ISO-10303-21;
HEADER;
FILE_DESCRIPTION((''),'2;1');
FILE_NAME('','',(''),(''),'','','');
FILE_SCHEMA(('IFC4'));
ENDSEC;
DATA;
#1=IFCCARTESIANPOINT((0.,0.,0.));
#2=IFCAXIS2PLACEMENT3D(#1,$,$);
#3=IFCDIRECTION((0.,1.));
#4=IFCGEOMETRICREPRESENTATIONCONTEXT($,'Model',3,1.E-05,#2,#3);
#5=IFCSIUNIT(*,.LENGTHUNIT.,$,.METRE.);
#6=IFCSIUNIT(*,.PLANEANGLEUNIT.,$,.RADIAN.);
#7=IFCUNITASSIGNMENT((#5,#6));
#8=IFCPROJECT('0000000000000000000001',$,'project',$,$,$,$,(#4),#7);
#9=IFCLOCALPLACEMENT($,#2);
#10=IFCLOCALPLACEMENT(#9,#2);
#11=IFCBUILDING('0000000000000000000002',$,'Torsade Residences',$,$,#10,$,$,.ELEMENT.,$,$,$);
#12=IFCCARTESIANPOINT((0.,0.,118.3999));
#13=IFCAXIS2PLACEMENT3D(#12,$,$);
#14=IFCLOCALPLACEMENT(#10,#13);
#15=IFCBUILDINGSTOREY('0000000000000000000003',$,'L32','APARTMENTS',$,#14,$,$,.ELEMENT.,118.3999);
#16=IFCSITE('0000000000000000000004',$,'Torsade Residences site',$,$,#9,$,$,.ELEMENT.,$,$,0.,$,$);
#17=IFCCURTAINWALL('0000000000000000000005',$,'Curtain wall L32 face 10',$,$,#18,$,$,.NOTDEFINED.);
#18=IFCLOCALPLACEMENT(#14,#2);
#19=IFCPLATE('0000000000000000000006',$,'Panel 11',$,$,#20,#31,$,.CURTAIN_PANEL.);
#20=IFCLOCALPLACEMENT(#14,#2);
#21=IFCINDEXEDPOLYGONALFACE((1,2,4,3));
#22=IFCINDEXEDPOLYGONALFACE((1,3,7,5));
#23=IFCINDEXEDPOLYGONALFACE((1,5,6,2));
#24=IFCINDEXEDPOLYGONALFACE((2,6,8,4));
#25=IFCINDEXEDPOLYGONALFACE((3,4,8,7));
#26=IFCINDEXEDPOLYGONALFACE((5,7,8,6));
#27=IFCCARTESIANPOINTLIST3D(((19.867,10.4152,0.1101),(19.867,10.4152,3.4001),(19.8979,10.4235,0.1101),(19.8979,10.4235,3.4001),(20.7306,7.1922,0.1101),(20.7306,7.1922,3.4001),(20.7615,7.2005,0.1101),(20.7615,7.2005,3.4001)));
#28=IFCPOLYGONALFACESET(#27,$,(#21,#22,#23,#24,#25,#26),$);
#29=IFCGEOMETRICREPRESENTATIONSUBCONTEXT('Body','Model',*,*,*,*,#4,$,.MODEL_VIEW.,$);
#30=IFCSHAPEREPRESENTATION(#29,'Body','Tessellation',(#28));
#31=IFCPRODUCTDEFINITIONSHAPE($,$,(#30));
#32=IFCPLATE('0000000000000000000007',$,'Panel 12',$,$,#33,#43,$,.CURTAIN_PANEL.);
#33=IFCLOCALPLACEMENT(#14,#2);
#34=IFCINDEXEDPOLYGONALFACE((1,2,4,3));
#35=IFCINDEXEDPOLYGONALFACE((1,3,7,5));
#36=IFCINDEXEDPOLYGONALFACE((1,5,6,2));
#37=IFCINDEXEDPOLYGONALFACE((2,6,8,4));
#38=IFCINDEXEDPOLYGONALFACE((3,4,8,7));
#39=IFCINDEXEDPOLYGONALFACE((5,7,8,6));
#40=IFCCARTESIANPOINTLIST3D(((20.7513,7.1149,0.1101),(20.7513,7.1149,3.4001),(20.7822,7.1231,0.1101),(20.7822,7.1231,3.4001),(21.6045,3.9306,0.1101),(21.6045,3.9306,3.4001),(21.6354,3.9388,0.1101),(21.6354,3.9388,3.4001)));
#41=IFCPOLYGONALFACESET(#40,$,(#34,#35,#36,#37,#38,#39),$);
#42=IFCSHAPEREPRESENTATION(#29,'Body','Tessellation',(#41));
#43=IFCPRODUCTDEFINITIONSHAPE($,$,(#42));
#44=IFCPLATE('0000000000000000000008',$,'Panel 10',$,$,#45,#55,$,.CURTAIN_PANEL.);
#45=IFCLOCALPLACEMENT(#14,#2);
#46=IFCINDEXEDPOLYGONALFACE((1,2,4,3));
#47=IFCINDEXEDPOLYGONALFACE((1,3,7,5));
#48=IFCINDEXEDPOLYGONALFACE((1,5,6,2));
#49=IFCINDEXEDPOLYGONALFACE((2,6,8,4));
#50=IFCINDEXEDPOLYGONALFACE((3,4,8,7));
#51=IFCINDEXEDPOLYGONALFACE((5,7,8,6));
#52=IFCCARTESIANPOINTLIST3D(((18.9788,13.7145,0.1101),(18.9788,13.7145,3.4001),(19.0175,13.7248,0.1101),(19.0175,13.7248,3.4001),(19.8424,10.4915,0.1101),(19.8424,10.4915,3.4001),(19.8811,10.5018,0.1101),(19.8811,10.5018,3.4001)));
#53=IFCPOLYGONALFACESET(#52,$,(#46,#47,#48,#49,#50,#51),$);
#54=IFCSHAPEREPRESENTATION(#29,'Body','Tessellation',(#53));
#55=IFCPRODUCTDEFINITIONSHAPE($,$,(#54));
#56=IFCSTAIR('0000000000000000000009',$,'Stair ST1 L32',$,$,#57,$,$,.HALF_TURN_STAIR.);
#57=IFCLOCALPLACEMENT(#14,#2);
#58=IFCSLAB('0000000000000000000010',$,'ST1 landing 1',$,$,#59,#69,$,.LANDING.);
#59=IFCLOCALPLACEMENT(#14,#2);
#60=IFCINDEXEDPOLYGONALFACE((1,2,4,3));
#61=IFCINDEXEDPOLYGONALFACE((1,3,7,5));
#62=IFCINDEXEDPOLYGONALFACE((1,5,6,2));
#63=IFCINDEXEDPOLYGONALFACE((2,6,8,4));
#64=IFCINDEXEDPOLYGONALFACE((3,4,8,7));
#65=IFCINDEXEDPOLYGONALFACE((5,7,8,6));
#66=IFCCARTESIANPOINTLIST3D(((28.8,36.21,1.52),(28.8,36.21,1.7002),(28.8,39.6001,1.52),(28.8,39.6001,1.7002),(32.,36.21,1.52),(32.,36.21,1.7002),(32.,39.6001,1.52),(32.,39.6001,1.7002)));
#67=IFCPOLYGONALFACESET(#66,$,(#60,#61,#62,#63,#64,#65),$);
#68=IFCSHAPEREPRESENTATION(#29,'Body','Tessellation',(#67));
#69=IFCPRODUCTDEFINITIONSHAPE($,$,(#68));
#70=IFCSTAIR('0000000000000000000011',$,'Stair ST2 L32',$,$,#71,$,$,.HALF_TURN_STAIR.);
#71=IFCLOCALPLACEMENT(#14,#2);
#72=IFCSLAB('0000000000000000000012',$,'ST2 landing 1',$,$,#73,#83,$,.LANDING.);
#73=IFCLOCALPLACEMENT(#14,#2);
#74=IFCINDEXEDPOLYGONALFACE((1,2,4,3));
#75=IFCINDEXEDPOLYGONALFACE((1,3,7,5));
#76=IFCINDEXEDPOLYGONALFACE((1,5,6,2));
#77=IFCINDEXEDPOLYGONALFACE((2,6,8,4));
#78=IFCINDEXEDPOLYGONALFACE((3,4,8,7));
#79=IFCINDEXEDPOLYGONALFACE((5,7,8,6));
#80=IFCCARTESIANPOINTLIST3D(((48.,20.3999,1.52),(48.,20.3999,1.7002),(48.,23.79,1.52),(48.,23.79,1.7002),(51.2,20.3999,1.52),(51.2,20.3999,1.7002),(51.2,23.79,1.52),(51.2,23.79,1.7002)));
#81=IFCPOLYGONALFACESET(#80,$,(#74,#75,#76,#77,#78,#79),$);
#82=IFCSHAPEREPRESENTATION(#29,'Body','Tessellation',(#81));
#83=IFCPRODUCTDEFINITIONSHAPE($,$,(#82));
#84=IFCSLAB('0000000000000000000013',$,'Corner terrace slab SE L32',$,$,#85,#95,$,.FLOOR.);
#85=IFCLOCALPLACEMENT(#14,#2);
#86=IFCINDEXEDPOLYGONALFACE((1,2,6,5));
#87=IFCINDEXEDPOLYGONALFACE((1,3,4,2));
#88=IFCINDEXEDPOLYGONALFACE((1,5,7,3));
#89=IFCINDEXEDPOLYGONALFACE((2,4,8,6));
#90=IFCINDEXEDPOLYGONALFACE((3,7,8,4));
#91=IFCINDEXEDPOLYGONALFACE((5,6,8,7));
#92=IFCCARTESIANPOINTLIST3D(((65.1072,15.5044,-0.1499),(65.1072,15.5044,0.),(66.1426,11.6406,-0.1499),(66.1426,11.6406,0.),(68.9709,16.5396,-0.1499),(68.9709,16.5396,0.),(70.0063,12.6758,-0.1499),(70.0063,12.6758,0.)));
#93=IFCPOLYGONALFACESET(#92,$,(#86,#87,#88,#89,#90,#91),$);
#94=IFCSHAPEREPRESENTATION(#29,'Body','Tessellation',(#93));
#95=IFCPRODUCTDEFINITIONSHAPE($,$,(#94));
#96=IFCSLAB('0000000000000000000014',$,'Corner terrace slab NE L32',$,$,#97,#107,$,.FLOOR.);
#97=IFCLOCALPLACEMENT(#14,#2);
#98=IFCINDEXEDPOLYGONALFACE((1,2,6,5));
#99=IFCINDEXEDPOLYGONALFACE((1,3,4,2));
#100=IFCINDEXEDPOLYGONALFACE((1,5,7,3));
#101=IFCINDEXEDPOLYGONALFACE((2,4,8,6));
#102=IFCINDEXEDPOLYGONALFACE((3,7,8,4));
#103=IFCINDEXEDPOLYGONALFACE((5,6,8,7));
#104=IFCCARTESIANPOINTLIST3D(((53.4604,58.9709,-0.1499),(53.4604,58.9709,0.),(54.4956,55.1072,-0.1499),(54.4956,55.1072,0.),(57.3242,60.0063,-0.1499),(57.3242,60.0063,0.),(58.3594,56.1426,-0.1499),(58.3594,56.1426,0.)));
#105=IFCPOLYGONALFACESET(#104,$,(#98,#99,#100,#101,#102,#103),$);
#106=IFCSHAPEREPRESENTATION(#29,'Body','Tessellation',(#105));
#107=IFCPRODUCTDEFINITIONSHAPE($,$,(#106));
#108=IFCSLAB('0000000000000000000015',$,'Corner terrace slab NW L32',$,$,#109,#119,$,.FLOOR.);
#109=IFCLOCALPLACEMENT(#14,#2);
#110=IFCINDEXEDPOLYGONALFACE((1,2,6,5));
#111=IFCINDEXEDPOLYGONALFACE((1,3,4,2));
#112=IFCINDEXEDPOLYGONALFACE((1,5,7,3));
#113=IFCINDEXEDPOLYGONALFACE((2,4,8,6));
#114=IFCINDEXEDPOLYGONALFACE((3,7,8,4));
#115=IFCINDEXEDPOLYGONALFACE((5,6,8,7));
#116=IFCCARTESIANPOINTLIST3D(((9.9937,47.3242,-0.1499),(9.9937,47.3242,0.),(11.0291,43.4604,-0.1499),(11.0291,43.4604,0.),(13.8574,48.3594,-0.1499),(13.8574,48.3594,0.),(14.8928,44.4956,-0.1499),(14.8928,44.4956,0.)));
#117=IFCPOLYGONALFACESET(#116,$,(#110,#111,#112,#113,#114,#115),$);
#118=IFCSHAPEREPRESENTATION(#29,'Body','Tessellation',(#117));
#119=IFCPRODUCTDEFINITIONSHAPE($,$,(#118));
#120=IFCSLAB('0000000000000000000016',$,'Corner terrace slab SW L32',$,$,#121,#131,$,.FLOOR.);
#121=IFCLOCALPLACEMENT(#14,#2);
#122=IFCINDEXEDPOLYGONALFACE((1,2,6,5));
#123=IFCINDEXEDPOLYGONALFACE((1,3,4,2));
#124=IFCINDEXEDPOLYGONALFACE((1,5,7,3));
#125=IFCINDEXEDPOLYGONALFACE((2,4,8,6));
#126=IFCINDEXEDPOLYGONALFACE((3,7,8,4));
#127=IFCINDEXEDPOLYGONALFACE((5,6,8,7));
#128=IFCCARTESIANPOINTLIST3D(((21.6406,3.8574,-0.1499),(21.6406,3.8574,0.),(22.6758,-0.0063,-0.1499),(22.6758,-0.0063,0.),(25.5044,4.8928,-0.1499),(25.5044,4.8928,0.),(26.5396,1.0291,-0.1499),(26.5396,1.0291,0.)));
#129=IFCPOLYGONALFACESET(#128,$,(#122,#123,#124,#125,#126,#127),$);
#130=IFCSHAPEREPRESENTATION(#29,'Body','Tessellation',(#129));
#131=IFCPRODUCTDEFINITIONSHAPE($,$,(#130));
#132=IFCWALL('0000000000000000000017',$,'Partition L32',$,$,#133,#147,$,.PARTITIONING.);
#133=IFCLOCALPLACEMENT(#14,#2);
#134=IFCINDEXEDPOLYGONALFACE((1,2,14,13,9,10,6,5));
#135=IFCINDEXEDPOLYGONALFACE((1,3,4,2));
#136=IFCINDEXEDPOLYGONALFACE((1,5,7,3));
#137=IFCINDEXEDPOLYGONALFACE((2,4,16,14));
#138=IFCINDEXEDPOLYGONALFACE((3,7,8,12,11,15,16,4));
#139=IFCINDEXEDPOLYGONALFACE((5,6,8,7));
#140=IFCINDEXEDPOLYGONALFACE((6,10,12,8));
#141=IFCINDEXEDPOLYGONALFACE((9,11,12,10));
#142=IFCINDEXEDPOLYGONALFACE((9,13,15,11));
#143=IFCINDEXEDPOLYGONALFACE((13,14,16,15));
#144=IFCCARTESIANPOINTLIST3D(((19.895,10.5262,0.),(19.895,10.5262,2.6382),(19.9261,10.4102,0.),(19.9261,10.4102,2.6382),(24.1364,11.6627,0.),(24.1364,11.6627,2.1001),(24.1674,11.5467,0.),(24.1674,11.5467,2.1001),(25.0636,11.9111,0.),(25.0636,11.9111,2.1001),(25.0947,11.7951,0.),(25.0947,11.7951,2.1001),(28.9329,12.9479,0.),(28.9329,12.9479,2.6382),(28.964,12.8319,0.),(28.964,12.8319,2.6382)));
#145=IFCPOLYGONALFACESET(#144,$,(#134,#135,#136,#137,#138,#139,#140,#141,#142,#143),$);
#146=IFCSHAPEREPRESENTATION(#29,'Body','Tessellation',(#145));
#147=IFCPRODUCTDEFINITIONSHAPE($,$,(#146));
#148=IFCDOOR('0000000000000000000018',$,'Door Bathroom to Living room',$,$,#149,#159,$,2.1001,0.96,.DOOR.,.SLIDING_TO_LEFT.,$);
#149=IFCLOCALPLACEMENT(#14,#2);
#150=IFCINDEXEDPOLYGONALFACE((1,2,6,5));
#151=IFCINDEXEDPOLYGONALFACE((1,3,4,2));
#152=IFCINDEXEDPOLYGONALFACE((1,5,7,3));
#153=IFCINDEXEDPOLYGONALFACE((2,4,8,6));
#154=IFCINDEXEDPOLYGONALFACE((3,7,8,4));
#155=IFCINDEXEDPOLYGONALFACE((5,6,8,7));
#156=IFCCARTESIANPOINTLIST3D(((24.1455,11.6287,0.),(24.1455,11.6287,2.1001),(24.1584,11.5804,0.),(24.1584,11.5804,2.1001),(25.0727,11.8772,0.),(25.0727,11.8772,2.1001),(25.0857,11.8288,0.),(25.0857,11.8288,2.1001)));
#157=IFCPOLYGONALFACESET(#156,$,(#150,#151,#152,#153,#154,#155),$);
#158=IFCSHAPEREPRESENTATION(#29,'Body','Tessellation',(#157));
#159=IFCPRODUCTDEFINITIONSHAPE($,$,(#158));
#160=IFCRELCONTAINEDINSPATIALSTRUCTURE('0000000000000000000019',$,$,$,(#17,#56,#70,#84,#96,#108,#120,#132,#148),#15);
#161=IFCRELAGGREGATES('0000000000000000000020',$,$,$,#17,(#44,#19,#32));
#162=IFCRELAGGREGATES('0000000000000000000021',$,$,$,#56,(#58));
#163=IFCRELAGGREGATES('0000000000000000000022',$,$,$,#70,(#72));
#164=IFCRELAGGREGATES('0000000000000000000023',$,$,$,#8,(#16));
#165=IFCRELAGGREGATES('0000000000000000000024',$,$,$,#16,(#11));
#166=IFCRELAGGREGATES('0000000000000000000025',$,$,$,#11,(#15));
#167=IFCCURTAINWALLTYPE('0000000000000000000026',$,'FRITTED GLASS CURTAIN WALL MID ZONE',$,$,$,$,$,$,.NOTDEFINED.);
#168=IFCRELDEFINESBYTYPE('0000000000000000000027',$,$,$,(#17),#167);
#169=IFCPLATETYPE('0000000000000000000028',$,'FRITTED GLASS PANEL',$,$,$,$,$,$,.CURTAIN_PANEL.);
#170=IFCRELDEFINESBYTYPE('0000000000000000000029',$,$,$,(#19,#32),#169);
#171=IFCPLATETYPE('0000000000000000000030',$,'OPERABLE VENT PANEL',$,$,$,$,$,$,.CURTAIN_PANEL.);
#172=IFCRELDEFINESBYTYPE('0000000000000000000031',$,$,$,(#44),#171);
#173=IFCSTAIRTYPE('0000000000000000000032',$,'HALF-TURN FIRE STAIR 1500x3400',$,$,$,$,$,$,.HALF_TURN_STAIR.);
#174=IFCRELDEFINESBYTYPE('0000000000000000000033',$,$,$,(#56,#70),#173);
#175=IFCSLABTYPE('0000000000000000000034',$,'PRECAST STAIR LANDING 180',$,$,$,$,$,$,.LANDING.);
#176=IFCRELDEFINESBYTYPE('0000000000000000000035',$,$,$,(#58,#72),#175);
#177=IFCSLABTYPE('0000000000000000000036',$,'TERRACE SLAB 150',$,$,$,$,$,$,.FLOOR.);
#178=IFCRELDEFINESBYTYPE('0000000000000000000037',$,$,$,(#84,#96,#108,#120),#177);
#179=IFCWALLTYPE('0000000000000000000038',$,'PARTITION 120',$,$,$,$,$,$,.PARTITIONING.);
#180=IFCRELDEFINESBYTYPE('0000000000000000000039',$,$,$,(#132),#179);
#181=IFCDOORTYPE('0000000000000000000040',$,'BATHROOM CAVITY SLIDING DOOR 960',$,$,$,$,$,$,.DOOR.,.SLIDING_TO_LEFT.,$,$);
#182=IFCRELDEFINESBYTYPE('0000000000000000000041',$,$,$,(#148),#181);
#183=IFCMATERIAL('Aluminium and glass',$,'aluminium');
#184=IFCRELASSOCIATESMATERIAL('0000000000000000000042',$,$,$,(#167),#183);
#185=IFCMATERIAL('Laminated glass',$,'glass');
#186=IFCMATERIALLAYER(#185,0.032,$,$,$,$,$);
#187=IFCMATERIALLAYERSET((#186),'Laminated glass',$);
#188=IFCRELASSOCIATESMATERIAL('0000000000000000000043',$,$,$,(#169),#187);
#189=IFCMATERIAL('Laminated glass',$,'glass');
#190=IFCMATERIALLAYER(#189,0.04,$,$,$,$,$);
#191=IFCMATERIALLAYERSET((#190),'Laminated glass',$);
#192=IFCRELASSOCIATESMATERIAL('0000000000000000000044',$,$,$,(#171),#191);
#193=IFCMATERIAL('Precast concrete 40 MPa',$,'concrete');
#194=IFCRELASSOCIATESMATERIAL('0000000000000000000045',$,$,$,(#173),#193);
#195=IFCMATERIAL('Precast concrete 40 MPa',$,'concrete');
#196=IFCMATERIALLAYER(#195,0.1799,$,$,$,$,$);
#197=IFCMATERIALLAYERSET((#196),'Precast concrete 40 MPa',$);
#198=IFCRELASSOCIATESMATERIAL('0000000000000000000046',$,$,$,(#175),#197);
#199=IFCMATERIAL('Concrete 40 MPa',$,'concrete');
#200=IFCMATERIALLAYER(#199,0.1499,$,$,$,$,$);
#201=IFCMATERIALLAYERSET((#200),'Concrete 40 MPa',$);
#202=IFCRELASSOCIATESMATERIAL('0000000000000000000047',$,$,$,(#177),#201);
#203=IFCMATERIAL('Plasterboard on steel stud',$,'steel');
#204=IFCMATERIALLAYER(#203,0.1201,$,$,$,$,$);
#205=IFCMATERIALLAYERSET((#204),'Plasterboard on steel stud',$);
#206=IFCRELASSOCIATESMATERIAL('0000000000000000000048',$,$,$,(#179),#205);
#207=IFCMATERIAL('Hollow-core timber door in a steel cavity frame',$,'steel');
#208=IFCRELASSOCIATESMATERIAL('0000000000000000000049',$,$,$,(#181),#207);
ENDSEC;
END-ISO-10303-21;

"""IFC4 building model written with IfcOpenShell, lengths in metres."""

from ifc_helpers import new_model, si_unit, direction, frame, frame_2d, origin, origin_2d, place, context, subcontext, project, spatial, polyline, rectangle, outline, extrude, material, layer, layer_set, type_object, element, fill, aggregate, save


model = new_model("IFC4")

# Units and contexts
model_context = context("Model", 3, precision=1e-05, world=origin(), true_north=direction((0.0, 1.0)))
body_context = subcontext(model_context, "Body", "Model", "MODEL_VIEW")
ifc_project = project(units=[si_unit("LENGTHUNIT", "METRE"), si_unit("PLANEANGLEUNIT", "RADIAN")], contexts=[model_context])

# Site, building, storey
site_placement = place(None, origin())
site = spatial("IfcSite", under=ifc_project, at=site_placement, Name="Torsade Residences site", CompositionType="ELEMENT", RefElevation=0.0)
building_placement = place(site_placement, origin())
building = spatial("IfcBuilding", under=site, at=building_placement, Name="Torsade Residences", CompositionType="ELEMENT")
storey_placement = place(building_placement, frame((0.0, 0.0, 118.3999)))
storey = spatial("IfcBuildingStorey", under=building, at=storey_placement, Name="L32", Description="APARTMENTS", CompositionType="ELEMENT", Elevation=118.3999)

# Curtain wall
ifc_material_1 = material(Name="Aluminium and glass", Category="aluminium")
curtain_wall_type = type_object("IfcCurtainWallType", Name="FRITTED GLASS CURTAIN WALL MID ZONE", PredefinedType="NOTDEFINED", material=ifc_material_1)
curtain_wall_placement = place(storey_placement, origin())
curtain_wall = element("IfcCurtainWall", 1, at=curtain_wall_placement, inside=storey, type_object=curtain_wall_type, Name="Curtain wall L32 face 10", PredefinedType="NOTDEFINED")

# Plates
ifc_material_2 = material(Name="Laminated glass", Category="glass")
ifc_layer_1 = layer(ifc_material_2, 0.032)
ifc_layer_set_1 = layer_set([ifc_layer_1], Name="Laminated glass")
plate_type_1 = type_object("IfcPlateType", Name="FRITTED GLASS PANEL", PredefinedType="CURTAIN_PANEL", material=ifc_layer_set_1)
plate_1_placement = place(storey_placement, frame((20.3142, 8.8079, 0.1101), z_axis=(0.0, 0.0, 1.0), x_axis=(0.258819, -0.965926, 0.0)))
plate_1 = element("IfcPlate", 2, at=plate_1_placement, type_object=plate_type_1, Name="Panel 11", PredefinedType="CURTAIN_PANEL", context=body_context, shape_type="SweptSolid", body=[
    extrude(rectangle(XDim=3.3367, YDim=0.032, at=origin_2d()), origin(), (0.0, 0.0, 1.0), 3.29),
])
plate_2_placement = place(storey_placement, frame((21.1934, 5.5269, 0.1101), z_axis=(0.0, 0.0, 1.0), x_axis=(0.258819, -0.965926, 0.0)))
plate_2 = element("IfcPlate", 3, at=plate_2_placement, type_object=plate_type_1, Name="Panel 12", PredefinedType="CURTAIN_PANEL", context=body_context, shape_type="SweptSolid", body=[
    extrude(rectangle(XDim=3.2966, YDim=0.032, at=origin_2d()), origin(), (0.0, 0.0, 1.0), 3.29),
])
ifc_material_3 = material(Name="Laminated glass", Category="glass")
ifc_layer_2 = layer(ifc_material_3, 0.04)
ifc_layer_set_2 = layer_set([ifc_layer_2], Name="Laminated glass")
plate_type_2 = type_object("IfcPlateType", Name="OPERABLE VENT PANEL", PredefinedType="CURTAIN_PANEL", material=ifc_layer_set_2)
plate_3_placement = place(storey_placement, frame((19.4299, 12.1082, 0.1101), z_axis=(0.0, 0.0, 1.0), x_axis=(0.258819, -0.965926, 0.0)))
plate_3 = element("IfcPlate", 4, at=plate_3_placement, type_object=plate_type_2, Name="Panel 10", PredefinedType="CURTAIN_PANEL", context=body_context, shape_type="SweptSolid", body=[
    extrude(rectangle(XDim=3.3367, YDim=0.04, at=origin_2d()), origin(), (0.0, 0.0, 1.0), 3.29),
])
aggregate(curtain_wall, [plate_3, plate_1, plate_2])

# Stairs, slabs
ifc_material_4 = material(Name="Precast concrete 40 MPa", Category="concrete")
stair_type = type_object("IfcStairType", Name="HALF-TURN FIRE STAIR 1500x3400", PredefinedType="HALF_TURN_STAIR", material=ifc_material_4)
stair_1_placement = place(storey_placement, origin())
stair_1 = element("IfcStair", 5, at=stair_1_placement, inside=storey, type_object=stair_type, Name="Stair ST1 L32", PredefinedType="HALF_TURN_STAIR")
ifc_material_5 = material(Name="Precast concrete 40 MPa", Category="concrete")
ifc_layer_3 = layer(ifc_material_5, 0.1799)
ifc_layer_set_3 = layer_set([ifc_layer_3], Name="Precast concrete 40 MPa")
slab_type_1 = type_object("IfcSlabType", Name="PRECAST STAIR LANDING 180", PredefinedType="LANDING", material=ifc_layer_set_3)
slab_1_placement = place(storey_placement, frame((0.0, 0.0, 1.52)))
slab_1 = element("IfcSlab", 6, at=slab_1_placement, type_object=slab_type_1, Name="ST1 landing 1", PredefinedType="LANDING", context=body_context, shape_type="SweptSolid", body=[
    extrude(outline(polyline([(28.8, 36.21), (32.0, 36.21), (32.0, 39.6001), (28.8, 39.6001), (28.8, 36.21)])), origin(), (0.0, 0.0, 1.0), 0.1802),
])
aggregate(stair_1, [slab_1])
stair_2_placement = place(storey_placement, origin())
stair_2 = element("IfcStair", 7, at=stair_2_placement, inside=storey, type_object=stair_type, Name="Stair ST2 L32", PredefinedType="HALF_TURN_STAIR")
slab_2_placement = place(storey_placement, frame((0.0, 0.0, 1.52)))
slab_2 = element("IfcSlab", 8, at=slab_2_placement, type_object=slab_type_1, Name="ST2 landing 1", PredefinedType="LANDING", context=body_context, shape_type="SweptSolid", body=[
    extrude(outline(polyline([(48.0, 20.3999), (51.2, 20.3999), (51.2, 23.79), (48.0, 23.79), (48.0, 20.3999)])), origin(), (0.0, 0.0, 1.0), 0.1802),
])
aggregate(stair_2, [slab_2])

# Slabs
ifc_material_6 = material(Name="Concrete 40 MPa", Category="concrete")
ifc_layer_4 = layer(ifc_material_6, 0.1499)
ifc_layer_set_4 = layer_set([ifc_layer_4], Name="Concrete 40 MPa")
slab_type_2 = type_object("IfcSlabType", Name="TERRACE SLAB 150", PredefinedType="FLOOR", material=ifc_layer_set_4)
slab_3_placement = place(storey_placement, frame((0.0, 0.0, -0.1499)))
element("IfcSlab", 9, at=slab_3_placement, inside=storey, type_object=slab_type_2, Name="Corner terrace slab SE L32", PredefinedType="FLOOR", context=body_context, shape_type="SweptSolid", body=[
    extrude(outline(polyline([(66.1426, 11.6406), (70.0063, 12.6758), (68.9709, 16.5396), (65.1072, 15.5044), (66.1426, 11.6406)])), origin(), (0.0, 0.0, 1.0), 0.1499),
])
slab_4_placement = place(storey_placement, frame((0.0, 0.0, -0.1499)))
element("IfcSlab", 10, at=slab_4_placement, inside=storey, type_object=slab_type_2, Name="Corner terrace slab NE L32", PredefinedType="FLOOR", context=body_context, shape_type="SweptSolid", body=[
    extrude(outline(polyline([(54.4956, 55.1072), (58.3594, 56.1426), (57.3242, 60.0063), (53.4604, 58.9709), (54.4956, 55.1072)])), origin(), (0.0, 0.0, 1.0), 0.1499),
])
slab_5_placement = place(storey_placement, frame((0.0, 0.0, -0.1499)))
element("IfcSlab", 11, at=slab_5_placement, inside=storey, type_object=slab_type_2, Name="Corner terrace slab NW L32", PredefinedType="FLOOR", context=body_context, shape_type="SweptSolid", body=[
    extrude(outline(polyline([(11.0291, 43.4604), (14.8928, 44.4956), (13.8574, 48.3594), (9.9937, 47.3242), (11.0291, 43.4604)])), origin(), (0.0, 0.0, 1.0), 0.1499),
])
slab_6_placement = place(storey_placement, frame((0.0, 0.0, -0.1499)))
element("IfcSlab", 12, at=slab_6_placement, inside=storey, type_object=slab_type_2, Name="Corner terrace slab SW L32", PredefinedType="FLOOR", context=body_context, shape_type="SweptSolid", body=[
    extrude(outline(polyline([(22.6758, -0.0063), (26.5396, 1.0291), (25.5044, 4.8928), (21.6406, 3.8574), (22.6758, -0.0063)])), origin(), (0.0, 0.0, 1.0), 0.1499),
])

# Wall, opening, door
ifc_material_7 = material(Name="Plasterboard on steel stud", Category="steel")
ifc_layer_5 = layer(ifc_material_7, 0.1201)
ifc_layer_set_5 = layer_set([ifc_layer_5], Name="Plasterboard on steel stud")
wall_type_1 = type_object("IfcWallType", Name="PARTITION 120", PredefinedType="PARTITIONING", material=ifc_layer_set_5)
wall_1_placement = place(storey_placement, frame((19.9106, 10.4683, 0.0), z_axis=(0.0, 0.0, 1.0), x_axis=(0.965927, 0.258814, 0.0)))
wall_1 = element("IfcWall", 13, at=wall_1_placement, inside=storey, type_object=wall_type_1, Name="Partition L32", PredefinedType="PARTITIONING", context=body_context, shape_type="SweptSolid", body=[
    extrude(rectangle(XDim=9.3567, YDim=0.1201, at=frame_2d((4.6782, 0.0))), origin(), (0.0, 0.0, 1.0), 2.6382),
])
opening_1_placement = place(wall_1_placement, frame((4.3909, 0.0, 0.0)))
opening_1 = element("IfcOpeningElement", 14, at=opening_1_placement, cuts=wall_1, PredefinedType="OPENING", context=body_context, shape_type="SweptSolid", body=[
    extrude(rectangle(XDim=0.96, YDim=2.1001, at=frame_2d((0.48, 1.05))), frame((0.0, 0.0701, 0.0), z_axis=(0.0, -1.0, 0.0), x_axis=(1.0, 0.0, 0.0)), (0.0, 0.0, 1.0), 0.1401),
])
ifc_material_8 = material(Name="Hollow-core timber door in a steel cavity frame", Category="steel")
door_type_1 = type_object("IfcDoorType", Name="BATHROOM CAVITY SLIDING DOOR 960", OperationType="SLIDING_TO_LEFT", PredefinedType="DOOR", material=ifc_material_8)
door_1_placement = place(opening_1_placement, origin())
door_1 = element("IfcDoor", 15, at=door_1_placement, inside=storey, type_object=door_type_1, Name="Door Bathroom to Living room", OperationType="SLIDING_TO_LEFT", OverallHeight=2.1001, OverallWidth=0.96, PredefinedType="DOOR", context=body_context, shape_type="SweptSolid", body=[
    extrude(rectangle(XDim=0.96, YDim=2.1001, at=frame_2d((0.48, 1.05))), frame((0.0, 0.0249, 0.0), z_axis=(0.0, -1.0, 0.0), x_axis=(1.0, 0.0, 0.0)), (0.0, 0.0, 1.0), 0.05),
])
fill(opening_1, door_1)

save(model, "model.ifc")
